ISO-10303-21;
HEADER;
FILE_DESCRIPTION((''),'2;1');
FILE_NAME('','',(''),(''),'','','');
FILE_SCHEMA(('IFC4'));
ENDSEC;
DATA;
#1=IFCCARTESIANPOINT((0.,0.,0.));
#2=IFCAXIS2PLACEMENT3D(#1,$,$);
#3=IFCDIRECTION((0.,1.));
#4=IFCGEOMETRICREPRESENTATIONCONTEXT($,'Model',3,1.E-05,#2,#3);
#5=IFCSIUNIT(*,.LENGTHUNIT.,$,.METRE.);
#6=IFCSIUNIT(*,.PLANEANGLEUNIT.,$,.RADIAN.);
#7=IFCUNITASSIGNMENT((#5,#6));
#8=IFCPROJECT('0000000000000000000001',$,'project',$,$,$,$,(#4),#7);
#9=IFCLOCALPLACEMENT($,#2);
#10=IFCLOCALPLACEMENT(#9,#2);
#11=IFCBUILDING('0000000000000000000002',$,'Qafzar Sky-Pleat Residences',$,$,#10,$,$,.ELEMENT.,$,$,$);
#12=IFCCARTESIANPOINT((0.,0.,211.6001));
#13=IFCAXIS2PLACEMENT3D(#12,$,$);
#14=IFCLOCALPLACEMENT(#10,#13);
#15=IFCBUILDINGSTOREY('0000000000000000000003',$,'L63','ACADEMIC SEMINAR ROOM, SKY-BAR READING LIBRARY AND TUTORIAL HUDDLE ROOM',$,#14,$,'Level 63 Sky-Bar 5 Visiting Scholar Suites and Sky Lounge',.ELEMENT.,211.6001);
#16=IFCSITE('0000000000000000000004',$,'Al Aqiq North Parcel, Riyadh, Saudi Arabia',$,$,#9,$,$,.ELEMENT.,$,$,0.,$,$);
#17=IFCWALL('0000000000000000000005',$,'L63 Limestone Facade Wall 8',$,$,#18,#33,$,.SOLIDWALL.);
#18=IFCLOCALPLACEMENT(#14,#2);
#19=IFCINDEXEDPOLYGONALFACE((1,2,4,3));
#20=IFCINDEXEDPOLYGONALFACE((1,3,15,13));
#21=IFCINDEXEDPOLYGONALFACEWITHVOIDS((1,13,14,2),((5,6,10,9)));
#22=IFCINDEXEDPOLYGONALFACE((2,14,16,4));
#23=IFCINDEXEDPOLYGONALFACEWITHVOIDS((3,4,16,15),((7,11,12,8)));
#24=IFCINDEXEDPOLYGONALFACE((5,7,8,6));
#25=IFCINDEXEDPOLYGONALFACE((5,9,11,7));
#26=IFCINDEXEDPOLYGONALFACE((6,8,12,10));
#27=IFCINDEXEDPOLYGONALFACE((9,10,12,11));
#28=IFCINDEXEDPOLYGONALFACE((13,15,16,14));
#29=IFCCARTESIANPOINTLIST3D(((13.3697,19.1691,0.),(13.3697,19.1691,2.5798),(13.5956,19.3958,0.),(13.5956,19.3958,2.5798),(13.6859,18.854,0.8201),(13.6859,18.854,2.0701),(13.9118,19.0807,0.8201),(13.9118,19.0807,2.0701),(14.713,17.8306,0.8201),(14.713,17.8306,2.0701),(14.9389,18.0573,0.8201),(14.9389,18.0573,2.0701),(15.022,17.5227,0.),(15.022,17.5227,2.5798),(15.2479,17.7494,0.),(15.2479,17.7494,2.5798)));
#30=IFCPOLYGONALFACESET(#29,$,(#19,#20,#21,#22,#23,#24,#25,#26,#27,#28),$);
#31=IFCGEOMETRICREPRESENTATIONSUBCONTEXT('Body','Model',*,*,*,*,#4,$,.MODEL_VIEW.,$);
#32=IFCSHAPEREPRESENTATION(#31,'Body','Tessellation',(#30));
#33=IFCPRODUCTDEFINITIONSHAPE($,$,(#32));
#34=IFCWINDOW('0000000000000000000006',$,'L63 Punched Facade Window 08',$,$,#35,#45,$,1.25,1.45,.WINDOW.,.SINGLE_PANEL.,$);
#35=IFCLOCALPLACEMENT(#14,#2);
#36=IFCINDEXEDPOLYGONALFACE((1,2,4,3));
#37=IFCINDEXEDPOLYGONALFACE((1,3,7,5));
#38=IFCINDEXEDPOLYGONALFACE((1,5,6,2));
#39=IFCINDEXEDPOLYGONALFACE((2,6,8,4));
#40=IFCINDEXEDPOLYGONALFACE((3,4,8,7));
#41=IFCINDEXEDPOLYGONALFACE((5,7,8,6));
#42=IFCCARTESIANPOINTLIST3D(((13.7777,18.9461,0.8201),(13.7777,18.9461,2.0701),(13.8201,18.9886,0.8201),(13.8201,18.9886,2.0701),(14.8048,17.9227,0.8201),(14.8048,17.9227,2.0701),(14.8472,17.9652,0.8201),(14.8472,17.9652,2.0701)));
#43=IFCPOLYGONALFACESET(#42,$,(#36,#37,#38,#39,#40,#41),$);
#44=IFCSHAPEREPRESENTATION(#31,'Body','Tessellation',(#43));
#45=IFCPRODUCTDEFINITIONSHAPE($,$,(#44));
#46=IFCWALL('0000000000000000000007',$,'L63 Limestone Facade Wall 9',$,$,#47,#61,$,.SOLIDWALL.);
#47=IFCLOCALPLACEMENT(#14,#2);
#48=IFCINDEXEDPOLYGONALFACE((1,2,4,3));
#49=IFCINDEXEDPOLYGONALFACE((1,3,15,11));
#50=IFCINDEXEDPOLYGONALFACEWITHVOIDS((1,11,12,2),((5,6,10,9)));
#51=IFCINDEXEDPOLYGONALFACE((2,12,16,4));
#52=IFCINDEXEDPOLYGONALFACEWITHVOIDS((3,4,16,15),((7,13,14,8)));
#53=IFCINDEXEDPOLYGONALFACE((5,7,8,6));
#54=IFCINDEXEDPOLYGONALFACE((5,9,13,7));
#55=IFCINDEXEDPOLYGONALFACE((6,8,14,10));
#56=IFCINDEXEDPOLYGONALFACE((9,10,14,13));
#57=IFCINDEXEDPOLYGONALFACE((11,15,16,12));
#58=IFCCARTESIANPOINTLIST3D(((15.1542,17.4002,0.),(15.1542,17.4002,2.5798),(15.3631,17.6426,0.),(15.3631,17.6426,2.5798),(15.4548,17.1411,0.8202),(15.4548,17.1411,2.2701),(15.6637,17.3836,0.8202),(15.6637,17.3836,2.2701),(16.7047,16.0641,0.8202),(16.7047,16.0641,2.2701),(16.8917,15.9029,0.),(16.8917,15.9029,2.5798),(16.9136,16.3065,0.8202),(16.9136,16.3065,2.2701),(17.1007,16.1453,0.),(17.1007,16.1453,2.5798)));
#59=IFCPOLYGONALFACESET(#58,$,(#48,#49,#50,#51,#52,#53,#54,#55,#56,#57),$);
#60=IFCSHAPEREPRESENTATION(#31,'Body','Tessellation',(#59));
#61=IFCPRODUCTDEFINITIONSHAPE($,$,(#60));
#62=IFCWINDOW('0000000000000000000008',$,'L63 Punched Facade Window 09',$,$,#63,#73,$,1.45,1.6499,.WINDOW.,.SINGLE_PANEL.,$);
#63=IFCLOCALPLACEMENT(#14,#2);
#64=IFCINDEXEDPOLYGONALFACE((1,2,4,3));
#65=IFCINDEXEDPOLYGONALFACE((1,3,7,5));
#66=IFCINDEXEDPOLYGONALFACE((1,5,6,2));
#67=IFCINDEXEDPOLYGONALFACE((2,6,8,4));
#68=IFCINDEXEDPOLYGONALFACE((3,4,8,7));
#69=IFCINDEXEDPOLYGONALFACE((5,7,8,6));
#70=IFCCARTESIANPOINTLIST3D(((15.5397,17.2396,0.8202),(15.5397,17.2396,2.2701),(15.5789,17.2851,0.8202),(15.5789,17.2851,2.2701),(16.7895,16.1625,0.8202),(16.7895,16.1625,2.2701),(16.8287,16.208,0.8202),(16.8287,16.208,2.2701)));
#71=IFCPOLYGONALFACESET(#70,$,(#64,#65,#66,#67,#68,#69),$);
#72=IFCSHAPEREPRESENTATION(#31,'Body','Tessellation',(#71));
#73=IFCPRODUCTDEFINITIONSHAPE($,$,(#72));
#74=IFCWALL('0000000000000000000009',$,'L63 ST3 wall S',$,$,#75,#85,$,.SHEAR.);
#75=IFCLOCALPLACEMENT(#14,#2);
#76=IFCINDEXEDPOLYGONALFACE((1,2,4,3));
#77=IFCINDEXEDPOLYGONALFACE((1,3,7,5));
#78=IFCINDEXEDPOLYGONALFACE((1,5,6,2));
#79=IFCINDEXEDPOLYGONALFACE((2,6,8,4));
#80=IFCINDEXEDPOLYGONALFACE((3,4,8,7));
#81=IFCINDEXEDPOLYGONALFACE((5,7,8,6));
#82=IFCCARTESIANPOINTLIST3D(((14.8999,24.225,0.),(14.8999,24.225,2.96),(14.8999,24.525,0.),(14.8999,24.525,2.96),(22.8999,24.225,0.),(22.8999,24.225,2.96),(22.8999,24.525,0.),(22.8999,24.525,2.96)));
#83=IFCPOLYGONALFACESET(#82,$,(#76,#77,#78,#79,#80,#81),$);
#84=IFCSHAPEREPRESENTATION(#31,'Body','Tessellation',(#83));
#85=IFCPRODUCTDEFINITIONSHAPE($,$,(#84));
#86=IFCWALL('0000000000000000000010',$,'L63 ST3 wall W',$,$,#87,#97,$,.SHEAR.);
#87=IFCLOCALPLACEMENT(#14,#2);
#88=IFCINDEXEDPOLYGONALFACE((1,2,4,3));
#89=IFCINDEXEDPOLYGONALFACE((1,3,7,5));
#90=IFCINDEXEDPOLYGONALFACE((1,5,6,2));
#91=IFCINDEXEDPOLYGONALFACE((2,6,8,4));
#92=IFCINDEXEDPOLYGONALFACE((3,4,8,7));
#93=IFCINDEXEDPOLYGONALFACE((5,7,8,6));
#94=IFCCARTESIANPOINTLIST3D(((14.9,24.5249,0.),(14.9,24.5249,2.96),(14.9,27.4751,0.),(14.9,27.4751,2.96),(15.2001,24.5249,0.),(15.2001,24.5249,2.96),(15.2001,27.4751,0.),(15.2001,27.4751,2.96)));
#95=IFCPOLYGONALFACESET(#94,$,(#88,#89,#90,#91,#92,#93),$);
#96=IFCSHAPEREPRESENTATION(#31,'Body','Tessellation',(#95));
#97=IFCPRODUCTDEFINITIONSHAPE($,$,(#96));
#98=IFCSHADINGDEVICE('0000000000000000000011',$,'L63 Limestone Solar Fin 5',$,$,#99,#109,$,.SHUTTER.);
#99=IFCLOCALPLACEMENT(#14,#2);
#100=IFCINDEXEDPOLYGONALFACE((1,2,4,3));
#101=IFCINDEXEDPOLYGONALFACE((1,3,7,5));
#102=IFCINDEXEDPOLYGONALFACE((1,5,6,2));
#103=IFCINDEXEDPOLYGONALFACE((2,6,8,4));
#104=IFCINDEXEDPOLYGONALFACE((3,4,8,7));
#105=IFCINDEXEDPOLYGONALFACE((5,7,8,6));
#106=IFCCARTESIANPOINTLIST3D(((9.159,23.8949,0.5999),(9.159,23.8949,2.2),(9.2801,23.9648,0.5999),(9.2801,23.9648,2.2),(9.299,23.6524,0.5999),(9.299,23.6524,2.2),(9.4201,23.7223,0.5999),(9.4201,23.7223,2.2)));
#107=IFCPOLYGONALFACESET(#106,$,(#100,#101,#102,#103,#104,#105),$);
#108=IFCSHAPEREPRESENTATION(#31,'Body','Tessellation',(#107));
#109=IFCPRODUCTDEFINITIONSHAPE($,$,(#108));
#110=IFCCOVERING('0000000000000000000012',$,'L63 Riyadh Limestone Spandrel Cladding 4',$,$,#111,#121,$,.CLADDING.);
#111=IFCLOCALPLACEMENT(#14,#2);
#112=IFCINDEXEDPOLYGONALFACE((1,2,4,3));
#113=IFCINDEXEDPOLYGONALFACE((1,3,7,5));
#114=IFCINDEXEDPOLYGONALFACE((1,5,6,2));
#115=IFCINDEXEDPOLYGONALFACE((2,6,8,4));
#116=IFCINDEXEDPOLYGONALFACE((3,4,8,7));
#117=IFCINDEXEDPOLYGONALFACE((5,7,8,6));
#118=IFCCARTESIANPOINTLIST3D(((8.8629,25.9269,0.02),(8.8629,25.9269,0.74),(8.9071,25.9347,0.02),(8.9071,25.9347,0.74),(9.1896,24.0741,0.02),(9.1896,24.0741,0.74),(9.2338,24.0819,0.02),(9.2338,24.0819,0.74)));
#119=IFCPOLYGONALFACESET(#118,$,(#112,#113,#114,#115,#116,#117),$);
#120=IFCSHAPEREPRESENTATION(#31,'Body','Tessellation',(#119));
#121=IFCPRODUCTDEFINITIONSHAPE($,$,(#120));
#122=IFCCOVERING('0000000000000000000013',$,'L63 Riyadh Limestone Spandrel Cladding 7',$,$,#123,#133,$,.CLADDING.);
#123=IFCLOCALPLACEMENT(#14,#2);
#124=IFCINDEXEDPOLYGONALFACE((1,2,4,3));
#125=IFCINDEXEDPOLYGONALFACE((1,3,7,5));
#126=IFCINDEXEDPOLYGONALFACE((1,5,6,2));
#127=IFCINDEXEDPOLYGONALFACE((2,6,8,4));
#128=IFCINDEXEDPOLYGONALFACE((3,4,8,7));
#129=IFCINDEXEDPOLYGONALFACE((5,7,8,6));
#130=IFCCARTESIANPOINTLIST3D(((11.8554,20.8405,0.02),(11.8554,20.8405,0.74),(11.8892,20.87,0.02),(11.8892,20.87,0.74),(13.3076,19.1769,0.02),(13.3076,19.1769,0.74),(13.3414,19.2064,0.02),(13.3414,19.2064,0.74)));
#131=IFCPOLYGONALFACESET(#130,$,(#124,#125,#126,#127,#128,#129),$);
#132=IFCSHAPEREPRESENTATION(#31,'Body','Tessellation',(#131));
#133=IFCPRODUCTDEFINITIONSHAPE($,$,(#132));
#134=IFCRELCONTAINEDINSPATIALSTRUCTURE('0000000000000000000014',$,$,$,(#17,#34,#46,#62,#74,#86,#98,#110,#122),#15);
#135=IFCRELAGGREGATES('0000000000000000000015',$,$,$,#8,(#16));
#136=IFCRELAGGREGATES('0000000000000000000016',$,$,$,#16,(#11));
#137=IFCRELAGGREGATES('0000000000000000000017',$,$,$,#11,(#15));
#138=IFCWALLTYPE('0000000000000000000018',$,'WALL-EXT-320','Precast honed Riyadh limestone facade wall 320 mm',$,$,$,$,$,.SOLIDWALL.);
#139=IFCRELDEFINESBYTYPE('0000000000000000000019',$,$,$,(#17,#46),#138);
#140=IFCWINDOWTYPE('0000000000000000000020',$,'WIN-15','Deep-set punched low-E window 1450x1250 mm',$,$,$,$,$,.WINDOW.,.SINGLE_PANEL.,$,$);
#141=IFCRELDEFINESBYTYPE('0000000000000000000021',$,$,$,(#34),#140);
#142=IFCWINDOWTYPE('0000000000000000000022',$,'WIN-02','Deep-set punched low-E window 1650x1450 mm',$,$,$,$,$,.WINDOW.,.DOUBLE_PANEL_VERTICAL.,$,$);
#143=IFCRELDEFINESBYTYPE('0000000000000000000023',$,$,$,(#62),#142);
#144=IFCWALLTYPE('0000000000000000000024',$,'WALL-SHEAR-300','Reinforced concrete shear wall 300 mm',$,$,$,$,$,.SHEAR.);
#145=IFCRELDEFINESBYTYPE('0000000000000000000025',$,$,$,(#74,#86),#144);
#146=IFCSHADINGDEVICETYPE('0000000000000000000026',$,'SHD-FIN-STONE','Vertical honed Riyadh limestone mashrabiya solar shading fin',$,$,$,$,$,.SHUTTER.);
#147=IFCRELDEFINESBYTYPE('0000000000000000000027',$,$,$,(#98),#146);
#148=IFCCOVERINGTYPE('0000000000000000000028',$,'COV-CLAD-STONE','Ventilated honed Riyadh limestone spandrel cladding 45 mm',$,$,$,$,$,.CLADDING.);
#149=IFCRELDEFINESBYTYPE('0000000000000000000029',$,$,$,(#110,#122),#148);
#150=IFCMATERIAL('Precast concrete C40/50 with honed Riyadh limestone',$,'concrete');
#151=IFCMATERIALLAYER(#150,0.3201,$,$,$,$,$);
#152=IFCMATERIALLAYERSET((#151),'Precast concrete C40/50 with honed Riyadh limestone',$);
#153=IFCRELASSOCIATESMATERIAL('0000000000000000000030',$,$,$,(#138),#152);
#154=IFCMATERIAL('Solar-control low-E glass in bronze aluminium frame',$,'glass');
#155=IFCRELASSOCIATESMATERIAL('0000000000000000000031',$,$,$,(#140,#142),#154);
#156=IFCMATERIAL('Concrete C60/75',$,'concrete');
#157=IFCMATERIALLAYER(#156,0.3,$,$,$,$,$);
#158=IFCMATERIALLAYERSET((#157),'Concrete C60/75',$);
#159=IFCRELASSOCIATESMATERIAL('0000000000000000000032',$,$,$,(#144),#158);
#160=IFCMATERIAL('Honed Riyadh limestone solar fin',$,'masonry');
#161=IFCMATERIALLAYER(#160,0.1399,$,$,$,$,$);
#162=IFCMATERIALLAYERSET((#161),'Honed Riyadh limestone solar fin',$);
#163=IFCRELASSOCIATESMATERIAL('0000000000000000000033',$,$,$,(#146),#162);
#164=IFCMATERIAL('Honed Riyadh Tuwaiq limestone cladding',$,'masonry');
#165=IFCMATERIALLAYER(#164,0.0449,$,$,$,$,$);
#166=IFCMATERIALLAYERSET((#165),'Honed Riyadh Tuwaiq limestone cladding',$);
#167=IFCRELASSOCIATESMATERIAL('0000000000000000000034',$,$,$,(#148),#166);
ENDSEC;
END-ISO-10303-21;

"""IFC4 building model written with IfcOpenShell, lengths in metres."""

from ifc_helpers import new_model, si_unit, direction, frame, frame_2d, origin, origin_2d, place, context, subcontext, project, spatial, rectangle, extrude, source, transform, mapped, material, layer, layer_set, type_object, element, fill, save


model = new_model("IFC4")

# Units and contexts
model_context = context("Model", 3, precision=1e-05, world=origin(), true_north=direction((0.0, 1.0)))
body_context = subcontext(model_context, "Body", "Model", "MODEL_VIEW")
ifc_project = project(units=[si_unit("LENGTHUNIT", "METRE"), si_unit("PLANEANGLEUNIT", "RADIAN")], contexts=[model_context])

# Site, building, storey
site_placement = place(None, origin())
site = spatial("IfcSite", under=ifc_project, at=site_placement, Name="Al Aqiq North Parcel, Riyadh, Saudi Arabia", CompositionType="ELEMENT", RefElevation=0.0)
building_placement = place(site_placement, origin())
building = spatial("IfcBuilding", under=site, at=building_placement, Name="Qafzar Sky-Pleat Residences", CompositionType="ELEMENT")
storey_placement = place(building_placement, frame((0.0, 0.0, 211.6001)))
storey = spatial("IfcBuildingStorey", under=building, at=storey_placement, Name="L63", Description="ACADEMIC SEMINAR ROOM, SKY-BAR READING LIBRARY AND TUTORIAL HUDDLE ROOM", LongName="Level 63 Sky-Bar 5 Visiting Scholar Suites and Sky Lounge", CompositionType="ELEMENT", Elevation=211.6001)

# Walls, openings, windows
ifc_material_1 = material(Name="Precast concrete C40/50 with honed Riyadh limestone", Category="concrete")
ifc_layer_1 = layer(ifc_material_1, 0.3201)
ifc_layer_set_1 = layer_set([ifc_layer_1], Name="Precast concrete C40/50 with honed Riyadh limestone")
wall_type_1 = type_object("IfcWallType", Name="WALL-EXT-320", Description="Precast honed Riyadh limestone facade wall 320 mm", PredefinedType="SOLIDWALL", material=ifc_layer_set_1)
ifc_material_2 = material(Name="Solar-control low-E glass in bronze aluminium frame", Category="glass")
window_type_1 = type_object("IfcWindowType", Name="WIN-15", Description="Deep-set punched low-E window 1450x1250 mm", PartitioningType="SINGLE_PANEL", PredefinedType="WINDOW", material=ifc_material_2)
shared_shape_1 = source(origin(), body_context, "Body", "SweptSolid", [
    extrude(rectangle(XDim=1.45, YDim=1.25, at=frame_2d((0.7251, 0.625))), frame((0.0, 0.03, 0.0), z_axis=(0.0, -1.0, 0.0), x_axis=(1.0, 0.0, 0.0)), (0.0, 0.0, 1.0), 0.0601),
])
wall_1_placement = place(storey_placement, frame((13.4827, 19.2825, 0.0), z_axis=(0.0, 0.0, 1.0), x_axis=(0.708362, -0.70585, 0.0)))
wall_1 = element("IfcWall", 1, at=wall_1_placement, inside=storey, type_object=wall_type_1, Name="L63 Limestone Facade Wall 8", PredefinedType="SOLIDWALL", context=body_context, shape_type="SweptSolid", body=[
    extrude(rectangle(XDim=2.3325, YDim=0.3201, at=frame_2d((1.1663, 0.0))), origin(), (0.0, 0.0, 1.0), 2.5798),
])
opening_1_placement = place(wall_1_placement, frame((0.4463, 0.0, 0.8201)))
opening_1 = element("IfcOpeningElement", 2, at=opening_1_placement, cuts=wall_1, PredefinedType="OPENING", context=body_context, shape_type="SweptSolid", body=[
    extrude(rectangle(XDim=1.45, YDim=1.25, at=frame_2d((0.7251, 0.625))), frame((0.0, 0.1699, 0.0), z_axis=(0.0, -1.0, 0.0), x_axis=(1.0, 0.0, 0.0)), (0.0, 0.0, 1.0), 0.3401),
])
window_1_placement = place(opening_1_placement, origin())
window_1 = element("IfcWindow", 3, at=window_1_placement, inside=storey, type_object=window_type_1, Name="L63 Punched Facade Window 08", OverallHeight=1.25, OverallWidth=1.45, PartitioningType="SINGLE_PANEL", PredefinedType="WINDOW", context=body_context, shape_type="MappedRepresentation", body=[
    mapped(shared_shape_1, transform((0.0, 0.0, 0.0), x_axis=(1.0, 0.0, 0.0), y_axis=(0.0, 1.0, 0.0), z_axis=(0.0, 0.0, 1.0), scale=1.0)),
])
fill(opening_1, window_1)
wall_2_placement = place(storey_placement, frame((15.2585, 17.5215, 0.0), z_axis=(0.0, 0.0, 1.0), x_axis=(0.757533, -0.652796, 0.0)))
wall_2 = element("IfcWall", 4, at=wall_2_placement, inside=storey, type_object=wall_type_1, Name="L63 Limestone Facade Wall 9", PredefinedType="SOLIDWALL", context=body_context, shape_type="SweptSolid", body=[
    extrude(rectangle(XDim=2.2937, YDim=0.3201, at=frame_2d((1.147, 0.0))), origin(), (0.0, 0.0, 1.0), 2.5798),
])
opening_2_placement = place(wall_2_placement, frame((0.397, 0.0, 0.8201)))
opening_2 = element("IfcOpeningElement", 5, at=opening_2_placement, cuts=wall_2, PredefinedType="OPENING", context=body_context, shape_type="SweptSolid", body=[
    extrude(rectangle(XDim=1.6499, YDim=1.45, at=frame_2d((0.825, 0.7251))), frame((0.0, 0.1699, 0.0), z_axis=(0.0, -1.0, 0.0), x_axis=(1.0, 0.0, 0.0)), (0.0, 0.0, 1.0), 0.3401),
])
window_type_2 = type_object("IfcWindowType", Name="WIN-02", Description="Deep-set punched low-E window 1650x1450 mm", PartitioningType="DOUBLE_PANEL_VERTICAL", PredefinedType="WINDOW", material=ifc_material_2)
shared_shape_2 = source(origin(), body_context, "Body", "SweptSolid", [
    extrude(rectangle(XDim=1.6499, YDim=1.45, at=frame_2d((0.825, 0.7251))), frame((0.0, 0.03, 0.0), z_axis=(0.0, -1.0, 0.0), x_axis=(1.0, 0.0, 0.0)), (0.0, 0.0, 1.0), 0.0601),
])
window_2_placement = place(opening_2_placement, origin())
window_2 = element("IfcWindow", 6, at=window_2_placement, inside=storey, type_object=window_type_2, Name="L63 Punched Facade Window 09", OverallHeight=1.45, OverallWidth=1.6499, PartitioningType="SINGLE_PANEL", PredefinedType="WINDOW", context=body_context, shape_type="MappedRepresentation", body=[
    mapped(shared_shape_2, transform((0.0, 0.0, 0.0), x_axis=(1.0, 0.0, 0.0), y_axis=(0.0, 1.0, 0.0), z_axis=(0.0, 0.0, 1.0), scale=1.0)),
])
fill(opening_2, window_2)

# Walls
ifc_material_3 = material(Name="Concrete C60/75", Category="concrete")
ifc_layer_2 = layer(ifc_material_3, 0.3)
ifc_layer_set_2 = layer_set([ifc_layer_2], Name="Concrete C60/75")
wall_type_2 = type_object("IfcWallType", Name="WALL-SHEAR-300", Description="Reinforced concrete shear wall 300 mm", PredefinedType="SHEAR", material=ifc_layer_set_2)
wall_3_placement = place(storey_placement, frame((14.8999, 24.375, 0.0), z_axis=(0.0, 0.0, 1.0), x_axis=(1.0, 0.0, 0.0)))
element("IfcWall", 7, at=wall_3_placement, inside=storey, type_object=wall_type_2, Name="L63 ST3 wall S", PredefinedType="SHEAR", context=body_context, shape_type="SweptSolid", body=[
    extrude(rectangle(XDim=8.0, YDim=0.3, at=frame_2d((4.0, 0.0))), origin(), (0.0, 0.0, 1.0), 2.96),
])
wall_4_placement = place(storey_placement, frame((15.05, 27.4751, 0.0), z_axis=(0.0, 0.0, 1.0), x_axis=(0.0, -1.0, 0.0)))
element("IfcWall", 8, at=wall_4_placement, inside=storey, type_object=wall_type_2, Name="L63 ST3 wall W", PredefinedType="SHEAR", context=body_context, shape_type="SweptSolid", body=[
    extrude(rectangle(XDim=2.9502, YDim=0.3, at=frame_2d((1.4751, 0.0))), origin(), (0.0, 0.0, 1.0), 2.96),
])

# Shading device
ifc_material_4 = material(Name="Honed Riyadh limestone solar fin", Category="masonry")
ifc_layer_3 = layer(ifc_material_4, 0.1399)
ifc_layer_set_3 = layer_set([ifc_layer_3], Name="Honed Riyadh limestone solar fin")
shading_device_type = type_object("IfcShadingDeviceType", Name="SHD-FIN-STONE", Description="Vertical honed Riyadh limestone mashrabiya solar shading fin", PredefinedType="SHUTTER", material=ifc_layer_set_3)
shared_shape_3 = source(origin(), body_context, "Body", "SweptSolid", [
    extrude(rectangle(XDim=0.1399, YDim=0.28, at=origin_2d()), origin(), (0.0, 0.0, 1.0), 1.6001),
])
shading_device_placement = place(storey_placement, frame((9.2896, 23.8086, 0.5999), z_axis=(0.0, 0.0, 1.0), x_axis=(-0.866044, -0.499967, 0.0)))
element("IfcShadingDevice", 9, at=shading_device_placement, inside=storey, type_object=shading_device_type, Name="L63 Limestone Solar Fin 5", PredefinedType="SHUTTER", context=body_context, shape_type="MappedRepresentation", body=[
    mapped(shared_shape_3, transform((0.0, 0.0, 0.0), x_axis=(1.0, 0.0, 0.0), y_axis=(0.0, 1.0, 0.0), z_axis=(0.0, 0.0, 1.0), scale=1.0)),
])

# Covering
ifc_material_5 = material(Name="Honed Riyadh Tuwaiq limestone cladding", Category="masonry")
ifc_layer_4 = layer(ifc_material_5, 0.0449)
ifc_layer_set_4 = layer_set([ifc_layer_4], Name="Honed Riyadh Tuwaiq limestone cladding")
covering_type = type_object("IfcCoveringType", Name="COV-CLAD-STONE", Description="Ventilated honed Riyadh limestone spandrel cladding 45 mm", PredefinedType="CLADDING", material=ifc_layer_set_4)
shared_shape_4 = source(origin(), body_context, "Body", "SweptSolid", [
    extrude(rectangle(XDim=1.8813, YDim=0.0449, at=origin_2d()), origin(), (0.0, 0.0, 1.0), 0.72),
])
covering_1_placement = place(storey_placement, frame((9.0483, 25.0044, 0.02), z_axis=(0.0, 0.0, 1.0), x_axis=(0.173663, -0.984805, 0.0)))
element("IfcCovering", 10, at=covering_1_placement, inside=storey, type_object=covering_type, Name="L63 Riyadh Limestone Spandrel Cladding 4", PredefinedType="CLADDING", context=body_context, shape_type="MappedRepresentation", body=[
    mapped(shared_shape_4, transform((0.0, 0.0, 0.0), x_axis=(1.0, 0.0, 0.0), y_axis=(0.0, 1.0, 0.0), z_axis=(0.0, 0.0, 1.0), scale=1.0)),
])

# Covering
shared_shape_5 = source(origin(), body_context, "Body", "SweptSolid", [
    extrude(rectangle(XDim=2.2083, YDim=0.0449, at=origin_2d()), origin(), (0.0, 0.0, 1.0), 0.72),
])
covering_2_placement = place(storey_placement, frame((12.5984, 20.0234, 0.02), z_axis=(0.0, 0.0, 1.0), x_axis=(0.657615, -0.753354, 0.0)))
element("IfcCovering", 11, at=covering_2_placement, inside=storey, type_object=covering_type, Name="L63 Riyadh Limestone Spandrel Cladding 7", PredefinedType="CLADDING", context=body_context, shape_type="MappedRepresentation", body=[
    mapped(shared_shape_5, transform((0.0, 0.0, 0.0), x_axis=(1.0, 0.0, 0.0), y_axis=(0.0, 1.0, 0.0), z_axis=(0.0, 0.0, 1.0), scale=1.0)),
])

save(model, "model.ifc")
